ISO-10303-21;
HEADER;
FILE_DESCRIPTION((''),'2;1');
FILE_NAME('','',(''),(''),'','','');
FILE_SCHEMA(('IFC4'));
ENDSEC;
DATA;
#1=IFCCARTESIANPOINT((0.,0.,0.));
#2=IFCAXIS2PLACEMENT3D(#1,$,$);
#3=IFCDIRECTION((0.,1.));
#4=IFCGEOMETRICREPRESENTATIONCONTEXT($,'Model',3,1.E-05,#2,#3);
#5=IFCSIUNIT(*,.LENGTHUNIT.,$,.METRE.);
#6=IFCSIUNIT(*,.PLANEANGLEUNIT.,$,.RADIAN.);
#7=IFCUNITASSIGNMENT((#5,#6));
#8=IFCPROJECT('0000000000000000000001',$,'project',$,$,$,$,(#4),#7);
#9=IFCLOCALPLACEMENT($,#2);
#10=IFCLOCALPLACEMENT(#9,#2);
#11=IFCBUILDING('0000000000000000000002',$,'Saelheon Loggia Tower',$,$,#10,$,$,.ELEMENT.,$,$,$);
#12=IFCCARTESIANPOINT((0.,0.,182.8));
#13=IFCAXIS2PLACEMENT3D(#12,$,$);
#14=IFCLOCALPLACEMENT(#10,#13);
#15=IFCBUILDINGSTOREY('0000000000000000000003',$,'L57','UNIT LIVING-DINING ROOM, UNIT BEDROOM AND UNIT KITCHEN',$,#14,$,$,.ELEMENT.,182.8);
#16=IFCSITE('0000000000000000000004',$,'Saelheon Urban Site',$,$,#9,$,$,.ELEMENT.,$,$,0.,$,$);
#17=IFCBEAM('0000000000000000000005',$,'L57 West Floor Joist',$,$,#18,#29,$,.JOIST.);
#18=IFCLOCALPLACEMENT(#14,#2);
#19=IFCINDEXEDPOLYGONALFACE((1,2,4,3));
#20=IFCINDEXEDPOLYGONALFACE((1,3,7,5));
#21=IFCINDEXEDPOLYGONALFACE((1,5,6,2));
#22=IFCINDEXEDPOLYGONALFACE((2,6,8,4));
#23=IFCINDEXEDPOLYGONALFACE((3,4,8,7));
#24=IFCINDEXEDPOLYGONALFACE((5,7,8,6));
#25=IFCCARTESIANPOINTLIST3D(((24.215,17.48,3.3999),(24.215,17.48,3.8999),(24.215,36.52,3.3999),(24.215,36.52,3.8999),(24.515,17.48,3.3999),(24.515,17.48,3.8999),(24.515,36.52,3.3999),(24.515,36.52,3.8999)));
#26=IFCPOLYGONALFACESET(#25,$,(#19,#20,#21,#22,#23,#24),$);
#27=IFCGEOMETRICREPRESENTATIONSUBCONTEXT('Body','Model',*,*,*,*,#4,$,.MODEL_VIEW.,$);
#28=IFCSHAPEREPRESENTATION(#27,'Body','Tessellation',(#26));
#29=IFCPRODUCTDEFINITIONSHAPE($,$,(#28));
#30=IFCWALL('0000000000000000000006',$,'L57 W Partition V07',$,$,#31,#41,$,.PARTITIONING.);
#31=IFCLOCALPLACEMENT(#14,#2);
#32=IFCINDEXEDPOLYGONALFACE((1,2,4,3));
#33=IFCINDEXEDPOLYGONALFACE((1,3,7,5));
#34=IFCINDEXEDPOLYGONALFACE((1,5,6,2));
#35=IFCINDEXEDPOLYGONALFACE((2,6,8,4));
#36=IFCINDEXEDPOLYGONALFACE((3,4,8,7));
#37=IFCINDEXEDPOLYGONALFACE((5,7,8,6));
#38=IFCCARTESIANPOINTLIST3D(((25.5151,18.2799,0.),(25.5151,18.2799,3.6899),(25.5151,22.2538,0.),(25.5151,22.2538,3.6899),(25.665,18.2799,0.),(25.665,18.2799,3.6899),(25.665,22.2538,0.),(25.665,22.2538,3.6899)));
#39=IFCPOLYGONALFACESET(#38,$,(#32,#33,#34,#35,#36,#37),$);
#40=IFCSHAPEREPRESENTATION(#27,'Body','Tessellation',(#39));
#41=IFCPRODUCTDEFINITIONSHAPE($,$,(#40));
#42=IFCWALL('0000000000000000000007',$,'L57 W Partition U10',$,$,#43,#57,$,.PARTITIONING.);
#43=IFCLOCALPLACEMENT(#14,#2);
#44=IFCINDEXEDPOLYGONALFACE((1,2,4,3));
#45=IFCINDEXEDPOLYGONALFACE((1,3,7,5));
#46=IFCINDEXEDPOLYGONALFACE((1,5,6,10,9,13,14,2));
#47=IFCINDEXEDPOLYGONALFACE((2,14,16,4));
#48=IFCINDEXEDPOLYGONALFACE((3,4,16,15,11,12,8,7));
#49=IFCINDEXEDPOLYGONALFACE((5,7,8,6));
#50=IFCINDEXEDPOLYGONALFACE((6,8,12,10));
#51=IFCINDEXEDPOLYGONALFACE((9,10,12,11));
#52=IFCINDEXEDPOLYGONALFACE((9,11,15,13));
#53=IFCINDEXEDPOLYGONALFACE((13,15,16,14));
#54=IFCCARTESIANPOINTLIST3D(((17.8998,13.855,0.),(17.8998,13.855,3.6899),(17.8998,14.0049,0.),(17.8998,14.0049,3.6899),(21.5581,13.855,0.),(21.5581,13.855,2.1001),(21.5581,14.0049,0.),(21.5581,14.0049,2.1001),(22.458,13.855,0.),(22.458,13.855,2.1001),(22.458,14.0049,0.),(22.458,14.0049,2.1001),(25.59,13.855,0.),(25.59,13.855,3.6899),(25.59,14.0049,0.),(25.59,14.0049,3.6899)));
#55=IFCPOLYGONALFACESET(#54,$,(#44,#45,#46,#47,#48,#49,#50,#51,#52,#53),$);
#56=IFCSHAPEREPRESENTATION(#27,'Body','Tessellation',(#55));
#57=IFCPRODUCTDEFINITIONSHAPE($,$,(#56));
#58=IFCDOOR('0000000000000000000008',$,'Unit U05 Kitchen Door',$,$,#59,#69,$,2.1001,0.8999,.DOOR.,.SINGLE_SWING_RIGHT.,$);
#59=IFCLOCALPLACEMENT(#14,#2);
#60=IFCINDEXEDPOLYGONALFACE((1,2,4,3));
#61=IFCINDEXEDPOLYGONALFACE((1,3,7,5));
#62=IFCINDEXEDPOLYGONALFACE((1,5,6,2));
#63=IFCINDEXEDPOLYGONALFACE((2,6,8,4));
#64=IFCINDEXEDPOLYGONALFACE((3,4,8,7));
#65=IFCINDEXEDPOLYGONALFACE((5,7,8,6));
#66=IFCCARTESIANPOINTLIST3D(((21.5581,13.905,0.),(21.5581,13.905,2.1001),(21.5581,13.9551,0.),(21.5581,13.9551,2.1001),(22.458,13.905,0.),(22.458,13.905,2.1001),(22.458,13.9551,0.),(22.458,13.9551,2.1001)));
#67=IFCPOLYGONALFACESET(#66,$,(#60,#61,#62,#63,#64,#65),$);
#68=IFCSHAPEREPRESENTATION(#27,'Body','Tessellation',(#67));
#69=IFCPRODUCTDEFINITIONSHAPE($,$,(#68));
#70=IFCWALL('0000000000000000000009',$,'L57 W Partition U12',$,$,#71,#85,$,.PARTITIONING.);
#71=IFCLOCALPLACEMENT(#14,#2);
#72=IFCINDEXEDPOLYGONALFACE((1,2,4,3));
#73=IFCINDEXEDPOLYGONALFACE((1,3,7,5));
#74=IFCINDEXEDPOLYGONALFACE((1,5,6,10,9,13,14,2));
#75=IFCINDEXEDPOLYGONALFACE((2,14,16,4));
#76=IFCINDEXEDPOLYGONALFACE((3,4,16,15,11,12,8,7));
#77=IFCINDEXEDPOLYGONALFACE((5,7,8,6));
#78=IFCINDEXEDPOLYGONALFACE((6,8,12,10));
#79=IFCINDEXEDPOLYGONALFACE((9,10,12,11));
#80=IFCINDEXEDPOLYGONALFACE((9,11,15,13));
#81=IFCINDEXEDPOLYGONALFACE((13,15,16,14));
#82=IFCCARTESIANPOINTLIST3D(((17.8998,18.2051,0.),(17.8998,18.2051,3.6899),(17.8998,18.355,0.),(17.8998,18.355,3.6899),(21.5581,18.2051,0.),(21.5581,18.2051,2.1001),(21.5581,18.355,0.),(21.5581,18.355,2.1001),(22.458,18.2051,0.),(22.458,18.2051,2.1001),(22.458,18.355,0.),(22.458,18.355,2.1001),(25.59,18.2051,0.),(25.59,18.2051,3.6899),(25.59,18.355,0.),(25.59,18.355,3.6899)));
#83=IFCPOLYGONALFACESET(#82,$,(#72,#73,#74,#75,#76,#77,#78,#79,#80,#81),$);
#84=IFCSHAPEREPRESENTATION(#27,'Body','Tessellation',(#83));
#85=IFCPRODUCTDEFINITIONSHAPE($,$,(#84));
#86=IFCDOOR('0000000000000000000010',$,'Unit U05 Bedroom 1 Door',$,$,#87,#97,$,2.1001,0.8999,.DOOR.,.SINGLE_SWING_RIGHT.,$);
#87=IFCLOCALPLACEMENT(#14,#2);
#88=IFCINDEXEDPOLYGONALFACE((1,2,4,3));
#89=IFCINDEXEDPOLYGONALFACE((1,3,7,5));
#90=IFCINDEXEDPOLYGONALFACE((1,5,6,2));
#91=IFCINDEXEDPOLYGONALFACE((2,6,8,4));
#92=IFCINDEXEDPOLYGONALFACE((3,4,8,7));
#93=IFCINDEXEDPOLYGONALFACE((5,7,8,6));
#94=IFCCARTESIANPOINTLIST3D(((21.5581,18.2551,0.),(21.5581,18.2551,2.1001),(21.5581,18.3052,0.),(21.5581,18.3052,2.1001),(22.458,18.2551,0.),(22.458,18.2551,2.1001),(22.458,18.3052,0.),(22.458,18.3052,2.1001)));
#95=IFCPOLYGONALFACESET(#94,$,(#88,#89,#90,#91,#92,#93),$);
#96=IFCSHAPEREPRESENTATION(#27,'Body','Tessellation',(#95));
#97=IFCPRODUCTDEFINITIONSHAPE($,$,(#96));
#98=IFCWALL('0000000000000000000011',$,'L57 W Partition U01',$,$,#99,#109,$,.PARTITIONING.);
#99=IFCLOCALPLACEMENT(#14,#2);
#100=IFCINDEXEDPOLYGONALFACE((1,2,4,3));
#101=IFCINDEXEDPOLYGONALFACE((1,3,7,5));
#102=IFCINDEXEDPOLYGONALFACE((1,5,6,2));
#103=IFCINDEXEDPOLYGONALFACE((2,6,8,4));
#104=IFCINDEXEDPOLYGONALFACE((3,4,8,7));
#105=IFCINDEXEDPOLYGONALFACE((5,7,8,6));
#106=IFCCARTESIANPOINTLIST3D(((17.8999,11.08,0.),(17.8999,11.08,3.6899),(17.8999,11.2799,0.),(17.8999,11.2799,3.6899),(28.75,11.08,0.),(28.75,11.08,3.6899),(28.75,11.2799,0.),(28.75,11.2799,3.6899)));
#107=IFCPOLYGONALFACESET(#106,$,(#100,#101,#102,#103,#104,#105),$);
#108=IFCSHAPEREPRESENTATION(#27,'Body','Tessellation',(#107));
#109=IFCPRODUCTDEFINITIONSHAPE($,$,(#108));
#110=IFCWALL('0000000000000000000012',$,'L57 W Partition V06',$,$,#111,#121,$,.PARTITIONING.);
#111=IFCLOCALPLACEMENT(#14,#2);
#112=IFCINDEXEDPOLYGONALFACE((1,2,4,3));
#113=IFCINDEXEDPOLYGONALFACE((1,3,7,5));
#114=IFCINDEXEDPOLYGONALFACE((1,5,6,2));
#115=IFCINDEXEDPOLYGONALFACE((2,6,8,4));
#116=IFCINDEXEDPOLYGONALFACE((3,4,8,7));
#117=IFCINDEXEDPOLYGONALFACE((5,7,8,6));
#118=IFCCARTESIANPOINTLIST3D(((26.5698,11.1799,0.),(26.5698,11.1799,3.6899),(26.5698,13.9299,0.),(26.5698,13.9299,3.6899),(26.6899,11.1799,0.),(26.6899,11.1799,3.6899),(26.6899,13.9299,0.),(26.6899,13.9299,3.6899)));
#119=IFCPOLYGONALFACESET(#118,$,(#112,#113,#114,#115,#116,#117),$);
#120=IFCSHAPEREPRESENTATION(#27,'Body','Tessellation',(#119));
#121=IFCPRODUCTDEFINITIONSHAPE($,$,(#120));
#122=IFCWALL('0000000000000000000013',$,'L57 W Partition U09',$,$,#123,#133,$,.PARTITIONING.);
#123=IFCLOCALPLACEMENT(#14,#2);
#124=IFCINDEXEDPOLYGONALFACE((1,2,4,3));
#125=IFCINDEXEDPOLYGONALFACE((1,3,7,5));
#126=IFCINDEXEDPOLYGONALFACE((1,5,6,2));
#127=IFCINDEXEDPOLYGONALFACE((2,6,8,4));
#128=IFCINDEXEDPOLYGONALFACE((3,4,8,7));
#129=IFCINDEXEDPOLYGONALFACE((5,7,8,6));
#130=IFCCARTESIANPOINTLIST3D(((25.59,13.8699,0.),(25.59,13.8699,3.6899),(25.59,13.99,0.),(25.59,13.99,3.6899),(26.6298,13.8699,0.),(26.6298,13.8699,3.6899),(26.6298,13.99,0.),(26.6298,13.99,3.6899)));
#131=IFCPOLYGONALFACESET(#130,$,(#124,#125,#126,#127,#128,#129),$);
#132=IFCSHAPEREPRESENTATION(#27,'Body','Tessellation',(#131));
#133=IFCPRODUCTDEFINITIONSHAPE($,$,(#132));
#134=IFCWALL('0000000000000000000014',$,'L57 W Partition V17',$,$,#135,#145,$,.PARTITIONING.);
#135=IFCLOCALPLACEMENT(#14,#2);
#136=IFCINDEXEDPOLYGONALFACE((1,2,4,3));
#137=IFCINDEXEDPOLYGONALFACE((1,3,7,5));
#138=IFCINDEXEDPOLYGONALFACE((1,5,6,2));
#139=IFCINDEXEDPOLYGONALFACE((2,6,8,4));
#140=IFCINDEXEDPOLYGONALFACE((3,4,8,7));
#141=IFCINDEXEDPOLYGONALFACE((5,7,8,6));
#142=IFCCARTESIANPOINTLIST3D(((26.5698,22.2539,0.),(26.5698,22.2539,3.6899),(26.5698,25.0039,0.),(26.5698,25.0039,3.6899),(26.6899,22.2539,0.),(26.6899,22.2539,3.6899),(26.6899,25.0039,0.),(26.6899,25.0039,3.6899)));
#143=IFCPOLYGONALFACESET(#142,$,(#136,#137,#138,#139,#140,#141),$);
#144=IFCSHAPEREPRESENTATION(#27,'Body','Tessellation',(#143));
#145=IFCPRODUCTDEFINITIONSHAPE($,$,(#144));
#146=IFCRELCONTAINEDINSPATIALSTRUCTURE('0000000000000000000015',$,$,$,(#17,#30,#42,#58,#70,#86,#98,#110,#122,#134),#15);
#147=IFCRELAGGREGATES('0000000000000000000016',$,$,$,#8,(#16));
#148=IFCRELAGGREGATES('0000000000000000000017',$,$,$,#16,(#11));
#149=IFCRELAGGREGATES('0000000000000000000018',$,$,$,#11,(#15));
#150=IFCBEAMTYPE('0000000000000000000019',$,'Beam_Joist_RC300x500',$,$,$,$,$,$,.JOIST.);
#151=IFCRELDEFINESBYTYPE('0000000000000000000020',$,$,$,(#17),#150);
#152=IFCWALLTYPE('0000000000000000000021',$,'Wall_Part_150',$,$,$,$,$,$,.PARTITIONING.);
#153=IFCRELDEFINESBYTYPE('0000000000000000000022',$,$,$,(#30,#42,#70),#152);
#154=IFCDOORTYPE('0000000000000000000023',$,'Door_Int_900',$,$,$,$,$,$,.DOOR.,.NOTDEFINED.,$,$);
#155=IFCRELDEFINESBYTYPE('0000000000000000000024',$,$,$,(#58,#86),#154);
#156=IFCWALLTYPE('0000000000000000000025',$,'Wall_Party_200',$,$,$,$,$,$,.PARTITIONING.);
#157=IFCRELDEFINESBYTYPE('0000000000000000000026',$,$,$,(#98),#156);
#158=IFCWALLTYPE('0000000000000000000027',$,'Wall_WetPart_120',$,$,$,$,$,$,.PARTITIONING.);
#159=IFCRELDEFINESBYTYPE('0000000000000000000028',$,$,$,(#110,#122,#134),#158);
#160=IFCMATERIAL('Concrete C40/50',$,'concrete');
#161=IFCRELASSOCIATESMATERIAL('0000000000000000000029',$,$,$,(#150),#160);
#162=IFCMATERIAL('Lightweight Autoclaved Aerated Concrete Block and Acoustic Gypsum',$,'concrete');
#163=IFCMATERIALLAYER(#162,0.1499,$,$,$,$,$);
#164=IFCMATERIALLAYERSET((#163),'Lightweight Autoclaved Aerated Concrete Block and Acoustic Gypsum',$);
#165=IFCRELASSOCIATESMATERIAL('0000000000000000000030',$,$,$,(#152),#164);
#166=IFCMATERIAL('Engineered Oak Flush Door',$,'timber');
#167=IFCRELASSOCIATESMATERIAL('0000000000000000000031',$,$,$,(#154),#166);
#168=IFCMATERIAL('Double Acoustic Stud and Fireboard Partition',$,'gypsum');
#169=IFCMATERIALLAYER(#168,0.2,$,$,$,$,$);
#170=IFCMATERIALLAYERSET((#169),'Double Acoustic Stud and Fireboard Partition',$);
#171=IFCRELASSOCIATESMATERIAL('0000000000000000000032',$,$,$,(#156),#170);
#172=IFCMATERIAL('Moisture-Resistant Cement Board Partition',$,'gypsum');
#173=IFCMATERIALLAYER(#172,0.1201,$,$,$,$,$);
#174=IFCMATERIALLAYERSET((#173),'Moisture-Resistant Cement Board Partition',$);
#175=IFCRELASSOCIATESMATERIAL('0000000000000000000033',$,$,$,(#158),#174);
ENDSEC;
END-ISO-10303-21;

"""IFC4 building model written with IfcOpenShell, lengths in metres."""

from ifc_helpers import new_model, si_unit, direction, frame, frame_2d, origin, origin_2d, place, context, subcontext, project, spatial, rectangle, extrude, source, transform, mapped, material, layer, layer_set, material_profile, profile_set, type_object, element, fill, save


model = new_model("IFC4")

# Units and contexts
model_context = context("Model", 3, precision=1e-05, world=origin(), true_north=direction((0.0, 1.0)))
body_context = subcontext(model_context, "Body", "Model", "MODEL_VIEW")
ifc_project = project(units=[si_unit("LENGTHUNIT", "METRE"), si_unit("PLANEANGLEUNIT", "RADIAN")], contexts=[model_context])

# Site, building, storey
site_placement = place(None, origin())
site = spatial("IfcSite", under=ifc_project, at=site_placement, Name="Saelheon Urban Site", CompositionType="ELEMENT", RefElevation=0.0)
building_placement = place(site_placement, origin())
building = spatial("IfcBuilding", under=site, at=building_placement, Name="Saelheon Loggia Tower", CompositionType="ELEMENT")
storey_placement = place(building_placement, frame((0.0, 0.0, 182.8)))
storey = spatial("IfcBuildingStorey", under=building, at=storey_placement, Name="L57", Description="UNIT LIVING-DINING ROOM, UNIT BEDROOM AND UNIT KITCHEN", CompositionType="ELEMENT", Elevation=182.8)

# Beam
ifc_material_1 = material(Name="Concrete C40/50", Category="concrete")
ifc_material_profile = material_profile(ifc_material_1, rectangle(XDim=0.3, YDim=0.5, at=origin_2d()), Name="RC-300x500")
ifc_profile_set = profile_set([ifc_material_profile], Name="Concrete C40/50")
beam_type = type_object("IfcBeamType", Name="Beam_Joist_RC300x500", PredefinedType="JOIST", material=ifc_profile_set)
shared_shape_1 = source(origin(), body_context, "Body", "SweptSolid", [
    extrude(rectangle(XDim=0.3, YDim=0.5, at=origin_2d()), origin(), (0.0, 0.0, 1.0), 19.04),
])
beam_placement = place(storey_placement, frame((24.365, 17.48, 3.6499), z_axis=(0.0, 1.0, 0.0), x_axis=(-1.0, 0.0, 0.0)))
element("IfcBeam", 1, at=beam_placement, inside=storey, type_object=beam_type, Name="L57 West Floor Joist", PredefinedType="JOIST", context=body_context, shape_type="MappedRepresentation", body=[
    mapped(shared_shape_1, transform((0.0, 0.0, 0.0), scale=1.0)),
])

# Wall
ifc_material_2 = material(Name="Lightweight Autoclaved Aerated Concrete Block and Acoustic Gypsum", Category="concrete")
ifc_layer_1 = layer(ifc_material_2, 0.1499)
ifc_layer_set_1 = layer_set([ifc_layer_1], Name="Lightweight Autoclaved Aerated Concrete Block and Acoustic Gypsum")
wall_type_1 = type_object("IfcWallType", Name="Wall_Part_150", PredefinedType="PARTITIONING", material=ifc_layer_set_1)
wall_1_placement = place(storey_placement, frame((25.5901, 18.28, 0.0), z_axis=(0.0, 0.0, 1.0), x_axis=(0.0, 1.0, 0.0)))
element("IfcWall", 2, at=wall_1_placement, inside=storey, type_object=wall_type_1, Name="L57 W Partition V07", PredefinedType="PARTITIONING", context=body_context, shape_type="SweptSolid", body=[
    extrude(rectangle(XDim=3.9739, YDim=0.1499, at=frame_2d((1.9868, 0.0))), origin(), (0.0, 0.0, 1.0), 3.6899),
])

# Walls, openings, doors
wall_2_placement = place(storey_placement, frame((25.5901, 13.9299, 0.0), z_axis=(0.0, 0.0, 1.0), x_axis=(-1.0, 0.0, 0.0)))
wall_2 = element("IfcWall", 3, at=wall_2_placement, inside=storey, type_object=wall_type_1, Name="L57 W Partition U10", PredefinedType="PARTITIONING", context=body_context, shape_type="SweptSolid", body=[
    extrude(rectangle(XDim=7.6902, YDim=0.1499, at=frame_2d((3.8452, 0.0))), origin(), (0.0, 0.0, 1.0), 3.6899),
])
opening_1_placement = place(wall_2_placement, frame((3.1321, 0.0, 0.0)))
opening_1 = element("IfcOpeningElement", 4, at=opening_1_placement, cuts=wall_2, PredefinedType="OPENING", context=body_context, shape_type="SweptSolid", body=[
    extrude(rectangle(XDim=0.8999, YDim=2.1001, at=frame_2d((0.45, 1.05))), frame((0.0, 0.0869, 0.0), z_axis=(0.0, -1.0, 0.0), x_axis=(1.0, 0.0, 0.0)), (0.0, 0.0, 1.0), 0.1738),
])
ifc_material_3 = material(Name="Engineered Oak Flush Door", Category="timber")
door_type = type_object("IfcDoorType", Name="Door_Int_900", OperationType="NOTDEFINED", PredefinedType="DOOR", material=ifc_material_3)
shared_shape_2 = source(origin(), body_context, "Body", "SweptSolid", [
    extrude(rectangle(XDim=0.8999, YDim=2.1001, at=frame_2d((0.45, 1.05))), frame((0.0, 0.0249, 0.0), z_axis=(0.0, -1.0, 0.0), x_axis=(1.0, 0.0, 0.0)), (0.0, 0.0, 1.0), 0.05),
])
door_1_placement = place(opening_1_placement, origin())
door_1 = element("IfcDoor", 5, at=door_1_placement, inside=storey, type_object=door_type, Name="Unit U05 Kitchen Door", OperationType="SINGLE_SWING_RIGHT", OverallHeight=2.1001, OverallWidth=0.8999, PredefinedType="DOOR", context=body_context, shape_type="MappedRepresentation", body=[
    mapped(shared_shape_2, transform((0.0, 0.0, 0.0), scale=1.0)),
])
fill(opening_1, door_1)
wall_3_placement = place(storey_placement, frame((25.5901, 18.28, 0.0), z_axis=(0.0, 0.0, 1.0), x_axis=(-1.0, 0.0, 0.0)))
wall_3 = element("IfcWall", 6, at=wall_3_placement, inside=storey, type_object=wall_type_1, Name="L57 W Partition U12", PredefinedType="PARTITIONING", context=body_context, shape_type="SweptSolid", body=[
    extrude(rectangle(XDim=7.6902, YDim=0.1499, at=frame_2d((3.8452, 0.0))), origin(), (0.0, 0.0, 1.0), 3.6899),
])
opening_2_placement = place(wall_3_placement, frame((3.1321, 0.0, 0.0)))
opening_2 = element("IfcOpeningElement", 7, at=opening_2_placement, cuts=wall_3, PredefinedType="OPENING", context=body_context, shape_type="SweptSolid", body=[
    extrude(rectangle(XDim=0.8999, YDim=2.1001, at=frame_2d((0.45, 1.05))), frame((0.0, 0.0869, 0.0), z_axis=(0.0, -1.0, 0.0), x_axis=(1.0, 0.0, 0.0)), (0.0, 0.0, 1.0), 0.1738),
])
door_2_placement = place(opening_2_placement, origin())
door_2 = element("IfcDoor", 8, at=door_2_placement, inside=storey, type_object=door_type, Name="Unit U05 Bedroom 1 Door", OperationType="SINGLE_SWING_RIGHT", OverallHeight=2.1001, OverallWidth=0.8999, PredefinedType="DOOR", context=body_context, shape_type="MappedRepresentation", body=[
    mapped(shared_shape_2, transform((0.0, 0.0, 0.0), scale=1.0)),
])
fill(opening_2, door_2)

# Walls
ifc_material_4 = material(Name="Double Acoustic Stud and Fireboard Partition", Category="gypsum")
ifc_layer_2 = layer(ifc_material_4, 0.2)
ifc_layer_set_2 = layer_set([ifc_layer_2], Name="Double Acoustic Stud and Fireboard Partition")
wall_type_2 = type_object("IfcWallType", Name="Wall_Party_200", PredefinedType="PARTITIONING", material=ifc_layer_set_2)
wall_4_placement = place(storey_placement, frame((28.75, 11.1799, 0.0), z_axis=(0.0, 0.0, 1.0), x_axis=(-1.0, 0.0, 0.0)))
element("IfcWall", 9, at=wall_4_placement, inside=storey, type_object=wall_type_2, Name="L57 W Partition U01", PredefinedType="PARTITIONING", context=body_context, shape_type="SweptSolid", body=[
    extrude(rectangle(XDim=10.8501, YDim=0.2, at=frame_2d((5.425, 0.0))), origin(), (0.0, 0.0, 1.0), 3.6899),
])
ifc_material_5 = material(Name="Moisture-Resistant Cement Board Partition", Category="gypsum")
ifc_layer_3 = layer(ifc_material_5, 0.1201)
ifc_layer_set_3 = layer_set([ifc_layer_3], Name="Moisture-Resistant Cement Board Partition")
wall_type_3 = type_object("IfcWallType", Name="Wall_WetPart_120", PredefinedType="PARTITIONING", material=ifc_layer_set_3)
wall_5_placement = place(storey_placement, frame((26.6299, 11.1799, 0.0), z_axis=(0.0, 0.0, 1.0), x_axis=(0.0, 1.0, 0.0)))
element("IfcWall", 10, at=wall_5_placement, inside=storey, type_object=wall_type_3, Name="L57 W Partition V06", PredefinedType="PARTITIONING", context=body_context, shape_type="SweptSolid", body=[
    extrude(rectangle(XDim=2.75, YDim=0.1201, at=frame_2d((1.375, 0.0))), origin(), (0.0, 0.0, 1.0), 3.6899),
])
wall_6_placement = place(storey_placement, frame((26.6299, 13.9299, 0.0), z_axis=(0.0, 0.0, 1.0), x_axis=(-1.0, 0.0, 0.0)))
element("IfcWall", 11, at=wall_6_placement, inside=storey, type_object=wall_type_3, Name="L57 W Partition U09", PredefinedType="PARTITIONING", context=body_context, shape_type="SweptSolid", body=[
    extrude(rectangle(XDim=1.0398, YDim=0.1201, at=frame_2d((0.52, 0.0))), origin(), (0.0, 0.0, 1.0), 3.6899),
])
wall_7_placement = place(storey_placement, frame((26.6299, 22.2539, 0.0), z_axis=(0.0, 0.0, 1.0), x_axis=(0.0, 1.0, 0.0)))
element("IfcWall", 12, at=wall_7_placement, inside=storey, type_object=wall_type_3, Name="L57 W Partition V17", PredefinedType="PARTITIONING", context=body_context, shape_type="SweptSolid", body=[
    extrude(rectangle(XDim=2.75, YDim=0.1201, at=frame_2d((1.375, 0.0))), origin(), (0.0, 0.0, 1.0), 3.6899),
])

save(model, "model.ifc")
